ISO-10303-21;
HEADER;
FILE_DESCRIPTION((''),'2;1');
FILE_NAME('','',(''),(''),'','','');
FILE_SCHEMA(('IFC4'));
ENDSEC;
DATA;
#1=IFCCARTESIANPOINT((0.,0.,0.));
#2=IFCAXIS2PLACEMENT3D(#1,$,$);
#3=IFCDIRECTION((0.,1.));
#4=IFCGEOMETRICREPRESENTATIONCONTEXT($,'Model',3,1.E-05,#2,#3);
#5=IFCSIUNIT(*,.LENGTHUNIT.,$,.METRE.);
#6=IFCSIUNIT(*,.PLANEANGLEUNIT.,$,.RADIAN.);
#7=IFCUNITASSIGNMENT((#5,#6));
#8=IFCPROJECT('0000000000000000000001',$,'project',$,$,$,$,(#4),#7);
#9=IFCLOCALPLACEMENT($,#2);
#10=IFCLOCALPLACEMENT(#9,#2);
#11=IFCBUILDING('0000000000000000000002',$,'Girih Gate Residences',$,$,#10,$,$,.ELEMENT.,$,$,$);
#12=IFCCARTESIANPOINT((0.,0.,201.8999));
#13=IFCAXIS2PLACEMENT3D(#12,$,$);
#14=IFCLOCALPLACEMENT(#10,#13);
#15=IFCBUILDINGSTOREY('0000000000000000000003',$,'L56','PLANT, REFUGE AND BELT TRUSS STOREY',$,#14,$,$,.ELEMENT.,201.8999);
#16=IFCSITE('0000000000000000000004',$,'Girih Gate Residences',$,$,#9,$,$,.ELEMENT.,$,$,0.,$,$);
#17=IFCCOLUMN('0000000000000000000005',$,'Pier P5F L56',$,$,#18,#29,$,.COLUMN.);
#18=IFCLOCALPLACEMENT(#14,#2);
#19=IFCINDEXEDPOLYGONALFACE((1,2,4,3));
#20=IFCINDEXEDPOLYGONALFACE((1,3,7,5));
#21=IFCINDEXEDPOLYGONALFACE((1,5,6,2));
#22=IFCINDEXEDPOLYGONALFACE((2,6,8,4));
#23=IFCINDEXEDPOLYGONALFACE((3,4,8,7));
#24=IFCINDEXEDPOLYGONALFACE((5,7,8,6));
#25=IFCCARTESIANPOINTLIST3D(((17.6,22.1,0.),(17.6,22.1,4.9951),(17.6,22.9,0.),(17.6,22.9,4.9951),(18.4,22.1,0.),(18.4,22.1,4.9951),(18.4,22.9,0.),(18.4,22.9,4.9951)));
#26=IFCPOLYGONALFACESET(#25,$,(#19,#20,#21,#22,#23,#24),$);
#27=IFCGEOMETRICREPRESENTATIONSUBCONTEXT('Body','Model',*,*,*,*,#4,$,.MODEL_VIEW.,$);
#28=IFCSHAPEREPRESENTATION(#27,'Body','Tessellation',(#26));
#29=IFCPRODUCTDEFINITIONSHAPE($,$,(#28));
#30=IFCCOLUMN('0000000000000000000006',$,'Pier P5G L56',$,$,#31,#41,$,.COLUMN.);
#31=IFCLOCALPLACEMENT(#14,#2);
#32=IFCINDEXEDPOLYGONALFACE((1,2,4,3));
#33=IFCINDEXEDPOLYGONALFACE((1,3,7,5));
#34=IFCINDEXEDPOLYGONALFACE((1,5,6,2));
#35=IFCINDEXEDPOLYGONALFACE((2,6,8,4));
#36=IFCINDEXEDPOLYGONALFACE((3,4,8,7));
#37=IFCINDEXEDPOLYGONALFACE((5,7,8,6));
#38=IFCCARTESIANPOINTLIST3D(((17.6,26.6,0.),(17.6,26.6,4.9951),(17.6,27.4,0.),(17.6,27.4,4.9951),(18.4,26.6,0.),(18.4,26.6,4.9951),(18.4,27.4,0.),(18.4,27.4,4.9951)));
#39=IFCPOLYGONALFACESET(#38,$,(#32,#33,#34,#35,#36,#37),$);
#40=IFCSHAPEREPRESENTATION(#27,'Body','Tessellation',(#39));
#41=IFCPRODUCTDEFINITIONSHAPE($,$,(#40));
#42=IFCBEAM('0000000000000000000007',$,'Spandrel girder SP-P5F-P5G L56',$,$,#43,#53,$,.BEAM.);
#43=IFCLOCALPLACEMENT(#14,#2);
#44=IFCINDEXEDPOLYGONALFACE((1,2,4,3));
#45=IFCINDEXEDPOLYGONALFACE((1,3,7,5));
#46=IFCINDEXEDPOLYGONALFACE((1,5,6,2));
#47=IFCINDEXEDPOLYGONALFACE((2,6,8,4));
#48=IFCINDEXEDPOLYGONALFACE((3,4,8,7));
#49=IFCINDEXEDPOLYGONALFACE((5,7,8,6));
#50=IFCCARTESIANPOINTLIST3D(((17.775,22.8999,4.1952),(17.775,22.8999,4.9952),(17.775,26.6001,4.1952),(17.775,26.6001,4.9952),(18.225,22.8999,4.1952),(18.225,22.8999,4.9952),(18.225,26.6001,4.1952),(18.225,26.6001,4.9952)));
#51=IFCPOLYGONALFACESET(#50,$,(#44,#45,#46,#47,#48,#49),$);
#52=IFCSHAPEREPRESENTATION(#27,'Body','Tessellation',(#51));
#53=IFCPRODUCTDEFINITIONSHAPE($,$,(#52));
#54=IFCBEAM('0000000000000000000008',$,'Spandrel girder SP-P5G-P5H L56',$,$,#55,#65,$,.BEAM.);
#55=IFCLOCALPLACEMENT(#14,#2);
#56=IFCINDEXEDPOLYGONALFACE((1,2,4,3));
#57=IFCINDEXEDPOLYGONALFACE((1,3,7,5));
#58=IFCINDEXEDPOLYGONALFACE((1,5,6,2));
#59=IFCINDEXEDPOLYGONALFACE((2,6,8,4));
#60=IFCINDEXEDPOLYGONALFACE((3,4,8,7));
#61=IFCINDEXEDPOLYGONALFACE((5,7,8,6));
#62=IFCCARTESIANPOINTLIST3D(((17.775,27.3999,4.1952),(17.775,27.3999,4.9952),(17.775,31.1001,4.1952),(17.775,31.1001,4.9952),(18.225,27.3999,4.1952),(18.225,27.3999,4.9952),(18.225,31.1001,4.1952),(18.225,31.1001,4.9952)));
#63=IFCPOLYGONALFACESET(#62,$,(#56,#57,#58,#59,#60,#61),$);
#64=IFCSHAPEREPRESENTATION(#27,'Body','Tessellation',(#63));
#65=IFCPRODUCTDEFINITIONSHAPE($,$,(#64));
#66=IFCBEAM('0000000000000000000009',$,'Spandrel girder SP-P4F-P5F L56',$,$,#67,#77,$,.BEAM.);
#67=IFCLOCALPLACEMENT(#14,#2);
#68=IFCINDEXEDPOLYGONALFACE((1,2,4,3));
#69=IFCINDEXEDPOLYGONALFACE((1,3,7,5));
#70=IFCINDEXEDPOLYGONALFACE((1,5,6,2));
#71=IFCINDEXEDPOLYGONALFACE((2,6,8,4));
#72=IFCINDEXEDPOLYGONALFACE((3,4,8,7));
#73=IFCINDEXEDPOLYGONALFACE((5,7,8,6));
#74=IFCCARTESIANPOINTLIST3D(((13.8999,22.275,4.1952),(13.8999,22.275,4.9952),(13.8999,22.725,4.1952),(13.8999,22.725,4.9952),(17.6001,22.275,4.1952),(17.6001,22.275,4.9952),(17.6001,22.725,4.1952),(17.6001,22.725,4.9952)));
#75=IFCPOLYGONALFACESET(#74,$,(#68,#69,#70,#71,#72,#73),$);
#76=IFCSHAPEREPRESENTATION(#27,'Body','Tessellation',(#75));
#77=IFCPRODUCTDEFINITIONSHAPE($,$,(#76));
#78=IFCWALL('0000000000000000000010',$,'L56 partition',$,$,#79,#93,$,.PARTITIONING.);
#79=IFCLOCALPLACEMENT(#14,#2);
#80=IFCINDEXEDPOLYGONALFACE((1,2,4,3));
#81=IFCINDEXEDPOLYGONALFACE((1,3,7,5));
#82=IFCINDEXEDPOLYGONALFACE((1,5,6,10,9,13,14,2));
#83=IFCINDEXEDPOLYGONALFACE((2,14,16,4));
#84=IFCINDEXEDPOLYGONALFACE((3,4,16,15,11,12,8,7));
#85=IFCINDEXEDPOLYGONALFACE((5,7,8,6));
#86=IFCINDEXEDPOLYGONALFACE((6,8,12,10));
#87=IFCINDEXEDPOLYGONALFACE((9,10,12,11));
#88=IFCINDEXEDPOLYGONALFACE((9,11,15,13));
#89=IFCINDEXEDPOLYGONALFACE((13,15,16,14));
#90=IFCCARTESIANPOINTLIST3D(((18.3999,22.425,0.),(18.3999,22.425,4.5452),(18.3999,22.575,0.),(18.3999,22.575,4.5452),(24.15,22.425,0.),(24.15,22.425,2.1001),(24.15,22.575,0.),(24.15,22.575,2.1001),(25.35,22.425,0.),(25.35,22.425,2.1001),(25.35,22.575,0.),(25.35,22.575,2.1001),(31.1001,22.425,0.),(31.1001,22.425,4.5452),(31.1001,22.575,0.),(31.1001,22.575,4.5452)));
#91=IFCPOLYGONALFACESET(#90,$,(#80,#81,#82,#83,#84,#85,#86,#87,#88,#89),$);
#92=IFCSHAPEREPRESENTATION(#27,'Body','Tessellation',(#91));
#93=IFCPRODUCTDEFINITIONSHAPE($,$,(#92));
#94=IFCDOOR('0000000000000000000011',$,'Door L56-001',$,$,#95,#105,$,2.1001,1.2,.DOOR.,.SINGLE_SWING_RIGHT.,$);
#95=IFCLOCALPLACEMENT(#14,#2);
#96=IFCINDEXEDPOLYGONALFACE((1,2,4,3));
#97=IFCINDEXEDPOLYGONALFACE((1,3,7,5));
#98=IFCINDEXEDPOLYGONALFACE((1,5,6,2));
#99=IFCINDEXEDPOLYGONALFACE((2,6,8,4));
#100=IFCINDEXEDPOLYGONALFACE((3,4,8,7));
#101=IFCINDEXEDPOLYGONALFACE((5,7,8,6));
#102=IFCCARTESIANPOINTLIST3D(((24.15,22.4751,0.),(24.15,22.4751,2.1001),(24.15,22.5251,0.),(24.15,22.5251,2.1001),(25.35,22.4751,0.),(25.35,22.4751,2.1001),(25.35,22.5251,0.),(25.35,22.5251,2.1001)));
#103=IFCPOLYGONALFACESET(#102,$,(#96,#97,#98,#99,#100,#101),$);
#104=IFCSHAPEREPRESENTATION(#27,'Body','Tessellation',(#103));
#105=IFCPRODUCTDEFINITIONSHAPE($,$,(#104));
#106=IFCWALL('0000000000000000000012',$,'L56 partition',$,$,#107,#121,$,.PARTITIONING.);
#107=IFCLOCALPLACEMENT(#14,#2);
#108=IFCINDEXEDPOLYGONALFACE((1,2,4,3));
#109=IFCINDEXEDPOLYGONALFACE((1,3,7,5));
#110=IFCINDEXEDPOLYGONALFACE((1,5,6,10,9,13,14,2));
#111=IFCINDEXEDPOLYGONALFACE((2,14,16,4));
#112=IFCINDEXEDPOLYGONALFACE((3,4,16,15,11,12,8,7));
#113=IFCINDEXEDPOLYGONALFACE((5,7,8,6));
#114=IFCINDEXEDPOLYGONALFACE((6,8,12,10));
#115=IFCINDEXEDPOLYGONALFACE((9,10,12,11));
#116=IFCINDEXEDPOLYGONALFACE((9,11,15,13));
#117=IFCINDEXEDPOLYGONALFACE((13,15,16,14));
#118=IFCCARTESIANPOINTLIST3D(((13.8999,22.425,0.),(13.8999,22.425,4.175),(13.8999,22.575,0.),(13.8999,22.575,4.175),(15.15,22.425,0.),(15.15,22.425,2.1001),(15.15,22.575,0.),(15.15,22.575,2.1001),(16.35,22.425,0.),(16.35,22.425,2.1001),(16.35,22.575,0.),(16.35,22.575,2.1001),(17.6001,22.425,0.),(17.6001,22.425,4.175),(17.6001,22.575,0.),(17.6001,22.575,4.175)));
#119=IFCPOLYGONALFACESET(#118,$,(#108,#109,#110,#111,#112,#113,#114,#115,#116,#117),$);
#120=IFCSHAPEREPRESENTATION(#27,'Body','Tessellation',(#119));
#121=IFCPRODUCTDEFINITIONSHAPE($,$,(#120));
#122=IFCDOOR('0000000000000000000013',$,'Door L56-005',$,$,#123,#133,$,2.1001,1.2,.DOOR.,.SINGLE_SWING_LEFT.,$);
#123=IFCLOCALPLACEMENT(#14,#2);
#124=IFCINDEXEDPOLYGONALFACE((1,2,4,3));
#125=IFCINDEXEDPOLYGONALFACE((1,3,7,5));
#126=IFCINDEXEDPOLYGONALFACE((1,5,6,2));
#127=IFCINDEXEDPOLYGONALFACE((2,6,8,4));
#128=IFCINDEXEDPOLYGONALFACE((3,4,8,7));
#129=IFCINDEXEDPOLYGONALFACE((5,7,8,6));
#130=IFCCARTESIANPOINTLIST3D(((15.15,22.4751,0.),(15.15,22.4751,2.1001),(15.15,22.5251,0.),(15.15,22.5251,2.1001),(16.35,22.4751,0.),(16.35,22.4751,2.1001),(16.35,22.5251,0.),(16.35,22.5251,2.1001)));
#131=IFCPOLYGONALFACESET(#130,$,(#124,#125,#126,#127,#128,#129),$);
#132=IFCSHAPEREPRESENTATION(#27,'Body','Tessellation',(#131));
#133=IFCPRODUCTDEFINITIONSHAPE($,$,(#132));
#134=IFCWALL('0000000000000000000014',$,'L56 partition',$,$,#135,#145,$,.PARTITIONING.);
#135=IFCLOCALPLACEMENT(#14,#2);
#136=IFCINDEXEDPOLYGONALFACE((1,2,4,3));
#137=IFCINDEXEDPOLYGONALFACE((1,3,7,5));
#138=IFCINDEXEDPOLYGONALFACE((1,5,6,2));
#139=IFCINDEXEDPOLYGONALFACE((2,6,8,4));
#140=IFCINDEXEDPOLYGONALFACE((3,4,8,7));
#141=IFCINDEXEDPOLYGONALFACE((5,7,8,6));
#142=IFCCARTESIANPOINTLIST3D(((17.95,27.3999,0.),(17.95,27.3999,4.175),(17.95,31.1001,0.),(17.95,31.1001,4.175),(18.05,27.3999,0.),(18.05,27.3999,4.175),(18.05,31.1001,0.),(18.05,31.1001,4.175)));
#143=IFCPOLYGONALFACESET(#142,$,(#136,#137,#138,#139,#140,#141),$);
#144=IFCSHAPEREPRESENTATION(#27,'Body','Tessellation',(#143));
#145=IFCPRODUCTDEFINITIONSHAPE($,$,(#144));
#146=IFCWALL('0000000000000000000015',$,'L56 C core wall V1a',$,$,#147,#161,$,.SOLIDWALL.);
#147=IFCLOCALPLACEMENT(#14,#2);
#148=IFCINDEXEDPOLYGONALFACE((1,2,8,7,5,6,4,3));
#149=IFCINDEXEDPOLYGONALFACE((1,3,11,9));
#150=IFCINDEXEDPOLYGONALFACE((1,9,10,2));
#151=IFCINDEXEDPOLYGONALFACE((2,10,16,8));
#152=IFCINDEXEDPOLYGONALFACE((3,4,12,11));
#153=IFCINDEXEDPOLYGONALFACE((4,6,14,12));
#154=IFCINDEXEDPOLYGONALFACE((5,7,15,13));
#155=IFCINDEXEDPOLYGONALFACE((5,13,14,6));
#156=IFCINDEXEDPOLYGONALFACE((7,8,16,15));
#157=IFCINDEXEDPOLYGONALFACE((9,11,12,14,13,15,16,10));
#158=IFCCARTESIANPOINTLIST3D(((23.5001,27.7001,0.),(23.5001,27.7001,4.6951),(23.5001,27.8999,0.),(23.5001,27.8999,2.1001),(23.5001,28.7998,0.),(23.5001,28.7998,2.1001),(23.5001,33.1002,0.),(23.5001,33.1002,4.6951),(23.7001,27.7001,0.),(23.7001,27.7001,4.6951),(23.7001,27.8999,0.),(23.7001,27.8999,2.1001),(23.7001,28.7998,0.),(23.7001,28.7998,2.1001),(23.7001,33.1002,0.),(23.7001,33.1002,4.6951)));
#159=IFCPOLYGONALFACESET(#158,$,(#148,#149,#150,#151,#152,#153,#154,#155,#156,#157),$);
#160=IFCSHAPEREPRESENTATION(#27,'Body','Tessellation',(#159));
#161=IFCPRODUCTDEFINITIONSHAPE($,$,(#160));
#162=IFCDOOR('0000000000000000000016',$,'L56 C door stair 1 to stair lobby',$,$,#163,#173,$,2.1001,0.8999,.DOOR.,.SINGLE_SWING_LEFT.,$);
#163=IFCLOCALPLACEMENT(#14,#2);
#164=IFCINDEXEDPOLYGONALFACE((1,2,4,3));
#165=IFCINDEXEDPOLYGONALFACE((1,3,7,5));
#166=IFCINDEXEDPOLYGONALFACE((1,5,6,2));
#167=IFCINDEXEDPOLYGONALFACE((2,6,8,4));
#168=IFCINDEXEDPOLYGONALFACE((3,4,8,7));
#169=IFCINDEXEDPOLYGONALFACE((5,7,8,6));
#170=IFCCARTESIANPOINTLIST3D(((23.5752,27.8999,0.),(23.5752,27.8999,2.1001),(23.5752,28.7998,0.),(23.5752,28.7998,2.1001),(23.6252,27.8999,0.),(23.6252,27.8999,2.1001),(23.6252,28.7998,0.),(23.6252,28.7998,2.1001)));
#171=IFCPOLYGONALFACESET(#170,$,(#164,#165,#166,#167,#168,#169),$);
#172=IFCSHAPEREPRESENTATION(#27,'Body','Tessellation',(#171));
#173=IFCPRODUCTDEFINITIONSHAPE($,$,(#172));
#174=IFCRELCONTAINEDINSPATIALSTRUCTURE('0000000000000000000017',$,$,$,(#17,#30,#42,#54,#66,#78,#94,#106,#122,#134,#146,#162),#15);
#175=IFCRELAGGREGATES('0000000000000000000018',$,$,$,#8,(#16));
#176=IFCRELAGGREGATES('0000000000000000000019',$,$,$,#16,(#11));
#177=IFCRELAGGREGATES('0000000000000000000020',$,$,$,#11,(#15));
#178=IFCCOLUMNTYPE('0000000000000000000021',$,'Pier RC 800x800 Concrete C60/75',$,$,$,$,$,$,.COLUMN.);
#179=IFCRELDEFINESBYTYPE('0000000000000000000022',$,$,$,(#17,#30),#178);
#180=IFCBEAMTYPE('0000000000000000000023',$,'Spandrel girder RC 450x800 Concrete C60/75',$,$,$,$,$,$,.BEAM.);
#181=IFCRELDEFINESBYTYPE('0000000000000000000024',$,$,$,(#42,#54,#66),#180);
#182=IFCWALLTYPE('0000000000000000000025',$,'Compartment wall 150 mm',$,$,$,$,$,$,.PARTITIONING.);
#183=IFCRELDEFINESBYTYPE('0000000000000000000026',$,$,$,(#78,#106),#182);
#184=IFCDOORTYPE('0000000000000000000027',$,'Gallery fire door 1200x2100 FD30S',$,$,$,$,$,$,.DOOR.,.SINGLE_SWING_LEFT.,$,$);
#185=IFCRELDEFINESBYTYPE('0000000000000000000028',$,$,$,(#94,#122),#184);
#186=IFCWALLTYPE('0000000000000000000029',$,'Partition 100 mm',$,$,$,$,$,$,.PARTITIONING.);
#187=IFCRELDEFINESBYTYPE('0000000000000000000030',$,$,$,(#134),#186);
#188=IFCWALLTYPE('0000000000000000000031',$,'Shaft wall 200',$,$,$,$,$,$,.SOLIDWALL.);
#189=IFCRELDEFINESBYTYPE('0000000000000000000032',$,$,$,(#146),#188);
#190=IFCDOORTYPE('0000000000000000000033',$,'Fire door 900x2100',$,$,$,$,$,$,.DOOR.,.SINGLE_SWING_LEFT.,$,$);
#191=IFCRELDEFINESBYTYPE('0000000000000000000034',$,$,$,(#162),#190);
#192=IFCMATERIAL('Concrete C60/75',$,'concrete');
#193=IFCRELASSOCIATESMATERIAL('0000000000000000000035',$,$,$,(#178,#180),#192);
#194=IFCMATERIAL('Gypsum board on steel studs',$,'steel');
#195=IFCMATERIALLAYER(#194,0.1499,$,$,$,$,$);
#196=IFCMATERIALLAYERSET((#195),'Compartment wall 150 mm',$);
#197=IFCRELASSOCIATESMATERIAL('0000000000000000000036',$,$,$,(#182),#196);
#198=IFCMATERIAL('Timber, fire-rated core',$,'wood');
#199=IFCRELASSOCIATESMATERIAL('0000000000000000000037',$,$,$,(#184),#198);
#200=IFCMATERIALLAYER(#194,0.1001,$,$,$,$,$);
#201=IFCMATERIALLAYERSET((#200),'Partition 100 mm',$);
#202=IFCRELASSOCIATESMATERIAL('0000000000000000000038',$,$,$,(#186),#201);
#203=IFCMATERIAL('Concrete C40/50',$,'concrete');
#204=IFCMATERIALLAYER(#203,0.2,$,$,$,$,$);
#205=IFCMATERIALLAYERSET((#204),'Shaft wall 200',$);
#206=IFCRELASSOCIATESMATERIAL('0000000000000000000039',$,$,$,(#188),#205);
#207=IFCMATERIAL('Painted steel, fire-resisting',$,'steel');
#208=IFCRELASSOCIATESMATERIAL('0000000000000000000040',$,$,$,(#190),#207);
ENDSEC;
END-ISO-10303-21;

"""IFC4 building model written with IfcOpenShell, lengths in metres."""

from ifc_helpers import new_model, si_unit, direction, frame, frame_2d, origin, origin_2d, place, context, subcontext, project, spatial, rectangle, extrude, material, layer, layer_set, material_profile, profile_set, type_object, element, fill, save


model = new_model("IFC4")

# Units and contexts
model_context = context("Model", 3, precision=1e-05, world=origin(), true_north=direction((0.0, 1.0)))
body_context = subcontext(model_context, "Body", "Model", "MODEL_VIEW")
ifc_project = project(units=[si_unit("LENGTHUNIT", "METRE"), si_unit("PLANEANGLEUNIT", "RADIAN")], contexts=[model_context])

# Site, building, storey
site_placement = place(None, origin())
site = spatial("IfcSite", under=ifc_project, at=site_placement, Name="Girih Gate Residences", CompositionType="ELEMENT", RefElevation=0.0)
building_placement = place(site_placement, origin())
building = spatial("IfcBuilding", under=site, at=building_placement, Name="Girih Gate Residences", CompositionType="ELEMENT")
storey_placement = place(building_placement, frame((0.0, 0.0, 201.8999)))
storey = spatial("IfcBuildingStorey", under=building, at=storey_placement, Name="L56", Description="PLANT, REFUGE AND BELT TRUSS STOREY", CompositionType="ELEMENT", Elevation=201.8999)

# Columns
ifc_material_1 = material(Name="Concrete C60/75", Category="concrete")
ifc_material_profile_1 = material_profile(ifc_material_1, rectangle(XDim=0.8, YDim=0.8, at=origin_2d()))
ifc_profile_set_1 = profile_set([ifc_material_profile_1], Name="Concrete C60/75")
column_type = type_object("IfcColumnType", Name="Pier RC 800x800 Concrete C60/75", PredefinedType="COLUMN", material=ifc_profile_set_1)
for number, where, z_axis, x_axis, name in (
    (1, (18.0, 22.5, 0.0), (0.0, 0.0, 1.0), (1.0, 0.0, 0.0), "Pier P5F L56"),
    (2, (18.0, 27.0, 0.0), (0.0, 0.0, 1.0), (1.0, 0.0, 0.0), "Pier P5G L56"),
):
    element("IfcColumn", number, at=place(storey_placement, frame(where, z_axis=z_axis, x_axis=x_axis)), inside=storey, type_object=column_type, Name=name, PredefinedType="COLUMN", context=body_context, shape_type="SweptSolid", body=[
        extrude(rectangle(XDim=0.8, YDim=0.8, at=origin_2d()), origin(), (0.0, 0.0, 1.0), 4.9951),
    ])

# Beams
ifc_material_profile_2 = material_profile(ifc_material_1, rectangle(XDim=0.45, YDim=0.8, at=origin_2d()))
ifc_profile_set_2 = profile_set([ifc_material_profile_2], Name="Concrete C60/75")
beam_type = type_object("IfcBeamType", Name="Spandrel girder RC 450x800 Concrete C60/75", PredefinedType="BEAM", material=ifc_profile_set_2)
for number, where, z_axis, x_axis, name in (
    (3, (18.0, 22.8999, 4.5952), (0.0, 1.0, 0.0), (-1.0, 0.0, 0.0), "Spandrel girder SP-P5F-P5G L56"),
    (4, (18.0, 27.3999, 4.5952), (0.0, 1.0, 0.0), (-1.0, 0.0, 0.0), "Spandrel girder SP-P5G-P5H L56"),
    (5, (13.8999, 22.5, 4.5952), (1.0, 0.0, 0.0), (0.0, 1.0, 0.0), "Spandrel girder SP-P4F-P5F L56"),
):
    element("IfcBeam", number, at=place(storey_placement, frame(where, z_axis=z_axis, x_axis=x_axis)), inside=storey, type_object=beam_type, Name=name, PredefinedType="BEAM", context=body_context, shape_type="SweptSolid", body=[
        extrude(rectangle(XDim=0.45, YDim=0.8, at=origin_2d()), origin(), (0.0, 0.0, 1.0), 3.7002),
    ])

# Walls, openings, doors
ifc_material_2 = material(Name="Gypsum board on steel studs", Category="steel")
ifc_layer_1 = layer(ifc_material_2, 0.1499)
ifc_layer_set_1 = layer_set([ifc_layer_1], Name="Compartment wall 150 mm")
wall_type_1 = type_object("IfcWallType", Name="Compartment wall 150 mm", PredefinedType="PARTITIONING", material=ifc_layer_set_1)
wall_1_placement = place(storey_placement, frame((31.1001, 22.5, 0.0), z_axis=(0.0, 0.0, 1.0), x_axis=(-1.0, 0.0, 0.0)))
wall_1 = element("IfcWall", 6, at=wall_1_placement, inside=storey, type_object=wall_type_1, Name="L56 partition", PredefinedType="PARTITIONING", context=body_context, shape_type="SweptSolid", body=[
    extrude(rectangle(XDim=12.7002, YDim=0.1499, at=frame_2d((6.3501, 0.0))), origin(), (0.0, 0.0, 1.0), 4.5452),
])
opening_1_placement = place(wall_1_placement, frame((5.75, 0.0, 0.0)))
opening_1 = element("IfcOpeningElement", 7, at=opening_1_placement, cuts=wall_1, PredefinedType="OPENING", context=body_context, shape_type="SweptSolid", body=[
    extrude(rectangle(XDim=1.2, YDim=2.1001, at=frame_2d((0.6001, 1.05))), frame((0.0, 0.085, 0.0), z_axis=(0.0, -1.0, 0.0), x_axis=(1.0, 0.0, 0.0)), (0.0, 0.0, 1.0), 0.1699),
])
ifc_material_3 = material(Name="Timber, fire-rated core", Category="wood")
door_type_1 = type_object("IfcDoorType", Name="Gallery fire door 1200x2100 FD30S", OperationType="SINGLE_SWING_LEFT", PredefinedType="DOOR", material=ifc_material_3)
door_1_placement = place(opening_1_placement, origin())
door_1 = element("IfcDoor", 8, at=door_1_placement, inside=storey, type_object=door_type_1, Name="Door L56-001", OperationType="SINGLE_SWING_RIGHT", OverallHeight=2.1001, OverallWidth=1.2, PredefinedType="DOOR", context=body_context, shape_type="SweptSolid", body=[
    extrude(rectangle(XDim=1.2, YDim=2.1001, at=frame_2d((0.6001, 1.05))), frame((0.0, 0.0249, 0.0), z_axis=(0.0, -1.0, 0.0), x_axis=(1.0, 0.0, 0.0)), (0.0, 0.0, 1.0), 0.05),
])
fill(opening_1, door_1)
wall_2_placement = place(storey_placement, frame((17.6001, 22.5, 0.0), z_axis=(0.0, 0.0, 1.0), x_axis=(-1.0, 0.0, 0.0)))
wall_2 = element("IfcWall", 9, at=wall_2_placement, inside=storey, type_object=wall_type_1, Name="L56 partition", PredefinedType="PARTITIONING", context=body_context, shape_type="SweptSolid", body=[
    extrude(rectangle(XDim=3.7002, YDim=0.1499, at=frame_2d((1.8501, 0.0))), origin(), (0.0, 0.0, 1.0), 4.175),
])
opening_2_placement = place(wall_2_placement, frame((1.25, 0.0, 0.0)))
opening_2 = element("IfcOpeningElement", 10, at=opening_2_placement, cuts=wall_2, PredefinedType="OPENING", context=body_context, shape_type="SweptSolid", body=[
    extrude(rectangle(XDim=1.2, YDim=2.1001, at=frame_2d((0.6001, 1.05))), frame((0.0, 0.085, 0.0), z_axis=(0.0, -1.0, 0.0), x_axis=(1.0, 0.0, 0.0)), (0.0, 0.0, 1.0), 0.1699),
])
door_2_placement = place(opening_2_placement, origin())
door_2 = element("IfcDoor", 11, at=door_2_placement, inside=storey, type_object=door_type_1, Name="Door L56-005", OperationType="SINGLE_SWING_LEFT", OverallHeight=2.1001, OverallWidth=1.2, PredefinedType="DOOR", context=body_context, shape_type="SweptSolid", body=[
    extrude(rectangle(XDim=1.2, YDim=2.1001, at=frame_2d((0.6001, 1.05))), frame((0.0, 0.0249, 0.0), z_axis=(0.0, -1.0, 0.0), x_axis=(1.0, 0.0, 0.0)), (0.0, 0.0, 1.0), 0.05),
])
fill(opening_2, door_2)

# Wall
ifc_layer_2 = layer(ifc_material_2, 0.1001)
ifc_layer_set_2 = layer_set([ifc_layer_2], Name="Partition 100 mm")
wall_type_2 = type_object("IfcWallType", Name="Partition 100 mm", PredefinedType="PARTITIONING", material=ifc_layer_set_2)
wall_3_placement = place(storey_placement, frame((18.0, 27.3999, 0.0), z_axis=(0.0, 0.0, 1.0), x_axis=(0.0, 1.0, 0.0)))
element("IfcWall", 12, at=wall_3_placement, inside=storey, type_object=wall_type_2, Name="L56 partition", PredefinedType="PARTITIONING", context=body_context, shape_type="SweptSolid", body=[
    extrude(rectangle(XDim=3.7002, YDim=0.1001, at=frame_2d((1.8501, 0.0))), origin(), (0.0, 0.0, 1.0), 4.175),
])

# Wall, opening, door
ifc_material_4 = material(Name="Concrete C40/50", Category="concrete")
ifc_layer_3 = layer(ifc_material_4, 0.2)
ifc_layer_set_3 = layer_set([ifc_layer_3], Name="Shaft wall 200")
wall_type_3 = type_object("IfcWallType", Name="Shaft wall 200", PredefinedType="SOLIDWALL", material=ifc_layer_set_3)
wall_4_placement = place(storey_placement, frame((23.6001, 27.7, 0.0), z_axis=(0.0, 0.0, 1.0), x_axis=(0.0, 1.0, 0.0)))
wall_4 = element("IfcWall", 13, at=wall_4_placement, inside=storey, type_object=wall_type_3, Name="L56 C core wall V1a", PredefinedType="SOLIDWALL", context=body_context, shape_type="SweptSolid", body=[
    extrude(rectangle(XDim=5.4001, YDim=0.2, at=frame_2d((2.7002, 0.0))), origin(), (0.0, 0.0, 1.0), 4.6951),
])
opening_3_placement = place(wall_4_placement, frame((0.2, 0.0, 0.0)))
opening_3 = element("IfcOpeningElement", 14, at=opening_3_placement, cuts=wall_4, PredefinedType="OPENING", context=body_context, shape_type="SweptSolid", body=[
    extrude(rectangle(XDim=0.8999, YDim=2.1001, at=frame_2d((0.45, 1.05))), frame((0.0, 0.1099, 0.0), z_axis=(0.0, -1.0, 0.0), x_axis=(1.0, 0.0, 0.0)), (0.0, 0.0, 1.0), 0.22),
])
ifc_material_5 = material(Name="Painted steel, fire-resisting", Category="steel")
door_type_2 = type_object("IfcDoorType", Name="Fire door 900x2100", OperationType="SINGLE_SWING_LEFT", PredefinedType="DOOR", material=ifc_material_5)
door_3_placement = place(opening_3_placement, origin())
door_3 = element("IfcDoor", 15, at=door_3_placement, inside=storey, type_object=door_type_2, Name="L56 C door stair 1 to stair lobby", OperationType="SINGLE_SWING_LEFT", OverallHeight=2.1001, OverallWidth=0.8999, PredefinedType="DOOR", context=body_context, shape_type="SweptSolid", body=[
    extrude(rectangle(XDim=0.8999, YDim=2.1001, at=frame_2d((0.45, 1.05))), frame((0.0, 0.0249, 0.0), z_axis=(0.0, -1.0, 0.0), x_axis=(1.0, 0.0, 0.0)), (0.0, 0.0, 1.0), 0.05),
])
fill(opening_3, door_3)

save(model, "model.ifc")
